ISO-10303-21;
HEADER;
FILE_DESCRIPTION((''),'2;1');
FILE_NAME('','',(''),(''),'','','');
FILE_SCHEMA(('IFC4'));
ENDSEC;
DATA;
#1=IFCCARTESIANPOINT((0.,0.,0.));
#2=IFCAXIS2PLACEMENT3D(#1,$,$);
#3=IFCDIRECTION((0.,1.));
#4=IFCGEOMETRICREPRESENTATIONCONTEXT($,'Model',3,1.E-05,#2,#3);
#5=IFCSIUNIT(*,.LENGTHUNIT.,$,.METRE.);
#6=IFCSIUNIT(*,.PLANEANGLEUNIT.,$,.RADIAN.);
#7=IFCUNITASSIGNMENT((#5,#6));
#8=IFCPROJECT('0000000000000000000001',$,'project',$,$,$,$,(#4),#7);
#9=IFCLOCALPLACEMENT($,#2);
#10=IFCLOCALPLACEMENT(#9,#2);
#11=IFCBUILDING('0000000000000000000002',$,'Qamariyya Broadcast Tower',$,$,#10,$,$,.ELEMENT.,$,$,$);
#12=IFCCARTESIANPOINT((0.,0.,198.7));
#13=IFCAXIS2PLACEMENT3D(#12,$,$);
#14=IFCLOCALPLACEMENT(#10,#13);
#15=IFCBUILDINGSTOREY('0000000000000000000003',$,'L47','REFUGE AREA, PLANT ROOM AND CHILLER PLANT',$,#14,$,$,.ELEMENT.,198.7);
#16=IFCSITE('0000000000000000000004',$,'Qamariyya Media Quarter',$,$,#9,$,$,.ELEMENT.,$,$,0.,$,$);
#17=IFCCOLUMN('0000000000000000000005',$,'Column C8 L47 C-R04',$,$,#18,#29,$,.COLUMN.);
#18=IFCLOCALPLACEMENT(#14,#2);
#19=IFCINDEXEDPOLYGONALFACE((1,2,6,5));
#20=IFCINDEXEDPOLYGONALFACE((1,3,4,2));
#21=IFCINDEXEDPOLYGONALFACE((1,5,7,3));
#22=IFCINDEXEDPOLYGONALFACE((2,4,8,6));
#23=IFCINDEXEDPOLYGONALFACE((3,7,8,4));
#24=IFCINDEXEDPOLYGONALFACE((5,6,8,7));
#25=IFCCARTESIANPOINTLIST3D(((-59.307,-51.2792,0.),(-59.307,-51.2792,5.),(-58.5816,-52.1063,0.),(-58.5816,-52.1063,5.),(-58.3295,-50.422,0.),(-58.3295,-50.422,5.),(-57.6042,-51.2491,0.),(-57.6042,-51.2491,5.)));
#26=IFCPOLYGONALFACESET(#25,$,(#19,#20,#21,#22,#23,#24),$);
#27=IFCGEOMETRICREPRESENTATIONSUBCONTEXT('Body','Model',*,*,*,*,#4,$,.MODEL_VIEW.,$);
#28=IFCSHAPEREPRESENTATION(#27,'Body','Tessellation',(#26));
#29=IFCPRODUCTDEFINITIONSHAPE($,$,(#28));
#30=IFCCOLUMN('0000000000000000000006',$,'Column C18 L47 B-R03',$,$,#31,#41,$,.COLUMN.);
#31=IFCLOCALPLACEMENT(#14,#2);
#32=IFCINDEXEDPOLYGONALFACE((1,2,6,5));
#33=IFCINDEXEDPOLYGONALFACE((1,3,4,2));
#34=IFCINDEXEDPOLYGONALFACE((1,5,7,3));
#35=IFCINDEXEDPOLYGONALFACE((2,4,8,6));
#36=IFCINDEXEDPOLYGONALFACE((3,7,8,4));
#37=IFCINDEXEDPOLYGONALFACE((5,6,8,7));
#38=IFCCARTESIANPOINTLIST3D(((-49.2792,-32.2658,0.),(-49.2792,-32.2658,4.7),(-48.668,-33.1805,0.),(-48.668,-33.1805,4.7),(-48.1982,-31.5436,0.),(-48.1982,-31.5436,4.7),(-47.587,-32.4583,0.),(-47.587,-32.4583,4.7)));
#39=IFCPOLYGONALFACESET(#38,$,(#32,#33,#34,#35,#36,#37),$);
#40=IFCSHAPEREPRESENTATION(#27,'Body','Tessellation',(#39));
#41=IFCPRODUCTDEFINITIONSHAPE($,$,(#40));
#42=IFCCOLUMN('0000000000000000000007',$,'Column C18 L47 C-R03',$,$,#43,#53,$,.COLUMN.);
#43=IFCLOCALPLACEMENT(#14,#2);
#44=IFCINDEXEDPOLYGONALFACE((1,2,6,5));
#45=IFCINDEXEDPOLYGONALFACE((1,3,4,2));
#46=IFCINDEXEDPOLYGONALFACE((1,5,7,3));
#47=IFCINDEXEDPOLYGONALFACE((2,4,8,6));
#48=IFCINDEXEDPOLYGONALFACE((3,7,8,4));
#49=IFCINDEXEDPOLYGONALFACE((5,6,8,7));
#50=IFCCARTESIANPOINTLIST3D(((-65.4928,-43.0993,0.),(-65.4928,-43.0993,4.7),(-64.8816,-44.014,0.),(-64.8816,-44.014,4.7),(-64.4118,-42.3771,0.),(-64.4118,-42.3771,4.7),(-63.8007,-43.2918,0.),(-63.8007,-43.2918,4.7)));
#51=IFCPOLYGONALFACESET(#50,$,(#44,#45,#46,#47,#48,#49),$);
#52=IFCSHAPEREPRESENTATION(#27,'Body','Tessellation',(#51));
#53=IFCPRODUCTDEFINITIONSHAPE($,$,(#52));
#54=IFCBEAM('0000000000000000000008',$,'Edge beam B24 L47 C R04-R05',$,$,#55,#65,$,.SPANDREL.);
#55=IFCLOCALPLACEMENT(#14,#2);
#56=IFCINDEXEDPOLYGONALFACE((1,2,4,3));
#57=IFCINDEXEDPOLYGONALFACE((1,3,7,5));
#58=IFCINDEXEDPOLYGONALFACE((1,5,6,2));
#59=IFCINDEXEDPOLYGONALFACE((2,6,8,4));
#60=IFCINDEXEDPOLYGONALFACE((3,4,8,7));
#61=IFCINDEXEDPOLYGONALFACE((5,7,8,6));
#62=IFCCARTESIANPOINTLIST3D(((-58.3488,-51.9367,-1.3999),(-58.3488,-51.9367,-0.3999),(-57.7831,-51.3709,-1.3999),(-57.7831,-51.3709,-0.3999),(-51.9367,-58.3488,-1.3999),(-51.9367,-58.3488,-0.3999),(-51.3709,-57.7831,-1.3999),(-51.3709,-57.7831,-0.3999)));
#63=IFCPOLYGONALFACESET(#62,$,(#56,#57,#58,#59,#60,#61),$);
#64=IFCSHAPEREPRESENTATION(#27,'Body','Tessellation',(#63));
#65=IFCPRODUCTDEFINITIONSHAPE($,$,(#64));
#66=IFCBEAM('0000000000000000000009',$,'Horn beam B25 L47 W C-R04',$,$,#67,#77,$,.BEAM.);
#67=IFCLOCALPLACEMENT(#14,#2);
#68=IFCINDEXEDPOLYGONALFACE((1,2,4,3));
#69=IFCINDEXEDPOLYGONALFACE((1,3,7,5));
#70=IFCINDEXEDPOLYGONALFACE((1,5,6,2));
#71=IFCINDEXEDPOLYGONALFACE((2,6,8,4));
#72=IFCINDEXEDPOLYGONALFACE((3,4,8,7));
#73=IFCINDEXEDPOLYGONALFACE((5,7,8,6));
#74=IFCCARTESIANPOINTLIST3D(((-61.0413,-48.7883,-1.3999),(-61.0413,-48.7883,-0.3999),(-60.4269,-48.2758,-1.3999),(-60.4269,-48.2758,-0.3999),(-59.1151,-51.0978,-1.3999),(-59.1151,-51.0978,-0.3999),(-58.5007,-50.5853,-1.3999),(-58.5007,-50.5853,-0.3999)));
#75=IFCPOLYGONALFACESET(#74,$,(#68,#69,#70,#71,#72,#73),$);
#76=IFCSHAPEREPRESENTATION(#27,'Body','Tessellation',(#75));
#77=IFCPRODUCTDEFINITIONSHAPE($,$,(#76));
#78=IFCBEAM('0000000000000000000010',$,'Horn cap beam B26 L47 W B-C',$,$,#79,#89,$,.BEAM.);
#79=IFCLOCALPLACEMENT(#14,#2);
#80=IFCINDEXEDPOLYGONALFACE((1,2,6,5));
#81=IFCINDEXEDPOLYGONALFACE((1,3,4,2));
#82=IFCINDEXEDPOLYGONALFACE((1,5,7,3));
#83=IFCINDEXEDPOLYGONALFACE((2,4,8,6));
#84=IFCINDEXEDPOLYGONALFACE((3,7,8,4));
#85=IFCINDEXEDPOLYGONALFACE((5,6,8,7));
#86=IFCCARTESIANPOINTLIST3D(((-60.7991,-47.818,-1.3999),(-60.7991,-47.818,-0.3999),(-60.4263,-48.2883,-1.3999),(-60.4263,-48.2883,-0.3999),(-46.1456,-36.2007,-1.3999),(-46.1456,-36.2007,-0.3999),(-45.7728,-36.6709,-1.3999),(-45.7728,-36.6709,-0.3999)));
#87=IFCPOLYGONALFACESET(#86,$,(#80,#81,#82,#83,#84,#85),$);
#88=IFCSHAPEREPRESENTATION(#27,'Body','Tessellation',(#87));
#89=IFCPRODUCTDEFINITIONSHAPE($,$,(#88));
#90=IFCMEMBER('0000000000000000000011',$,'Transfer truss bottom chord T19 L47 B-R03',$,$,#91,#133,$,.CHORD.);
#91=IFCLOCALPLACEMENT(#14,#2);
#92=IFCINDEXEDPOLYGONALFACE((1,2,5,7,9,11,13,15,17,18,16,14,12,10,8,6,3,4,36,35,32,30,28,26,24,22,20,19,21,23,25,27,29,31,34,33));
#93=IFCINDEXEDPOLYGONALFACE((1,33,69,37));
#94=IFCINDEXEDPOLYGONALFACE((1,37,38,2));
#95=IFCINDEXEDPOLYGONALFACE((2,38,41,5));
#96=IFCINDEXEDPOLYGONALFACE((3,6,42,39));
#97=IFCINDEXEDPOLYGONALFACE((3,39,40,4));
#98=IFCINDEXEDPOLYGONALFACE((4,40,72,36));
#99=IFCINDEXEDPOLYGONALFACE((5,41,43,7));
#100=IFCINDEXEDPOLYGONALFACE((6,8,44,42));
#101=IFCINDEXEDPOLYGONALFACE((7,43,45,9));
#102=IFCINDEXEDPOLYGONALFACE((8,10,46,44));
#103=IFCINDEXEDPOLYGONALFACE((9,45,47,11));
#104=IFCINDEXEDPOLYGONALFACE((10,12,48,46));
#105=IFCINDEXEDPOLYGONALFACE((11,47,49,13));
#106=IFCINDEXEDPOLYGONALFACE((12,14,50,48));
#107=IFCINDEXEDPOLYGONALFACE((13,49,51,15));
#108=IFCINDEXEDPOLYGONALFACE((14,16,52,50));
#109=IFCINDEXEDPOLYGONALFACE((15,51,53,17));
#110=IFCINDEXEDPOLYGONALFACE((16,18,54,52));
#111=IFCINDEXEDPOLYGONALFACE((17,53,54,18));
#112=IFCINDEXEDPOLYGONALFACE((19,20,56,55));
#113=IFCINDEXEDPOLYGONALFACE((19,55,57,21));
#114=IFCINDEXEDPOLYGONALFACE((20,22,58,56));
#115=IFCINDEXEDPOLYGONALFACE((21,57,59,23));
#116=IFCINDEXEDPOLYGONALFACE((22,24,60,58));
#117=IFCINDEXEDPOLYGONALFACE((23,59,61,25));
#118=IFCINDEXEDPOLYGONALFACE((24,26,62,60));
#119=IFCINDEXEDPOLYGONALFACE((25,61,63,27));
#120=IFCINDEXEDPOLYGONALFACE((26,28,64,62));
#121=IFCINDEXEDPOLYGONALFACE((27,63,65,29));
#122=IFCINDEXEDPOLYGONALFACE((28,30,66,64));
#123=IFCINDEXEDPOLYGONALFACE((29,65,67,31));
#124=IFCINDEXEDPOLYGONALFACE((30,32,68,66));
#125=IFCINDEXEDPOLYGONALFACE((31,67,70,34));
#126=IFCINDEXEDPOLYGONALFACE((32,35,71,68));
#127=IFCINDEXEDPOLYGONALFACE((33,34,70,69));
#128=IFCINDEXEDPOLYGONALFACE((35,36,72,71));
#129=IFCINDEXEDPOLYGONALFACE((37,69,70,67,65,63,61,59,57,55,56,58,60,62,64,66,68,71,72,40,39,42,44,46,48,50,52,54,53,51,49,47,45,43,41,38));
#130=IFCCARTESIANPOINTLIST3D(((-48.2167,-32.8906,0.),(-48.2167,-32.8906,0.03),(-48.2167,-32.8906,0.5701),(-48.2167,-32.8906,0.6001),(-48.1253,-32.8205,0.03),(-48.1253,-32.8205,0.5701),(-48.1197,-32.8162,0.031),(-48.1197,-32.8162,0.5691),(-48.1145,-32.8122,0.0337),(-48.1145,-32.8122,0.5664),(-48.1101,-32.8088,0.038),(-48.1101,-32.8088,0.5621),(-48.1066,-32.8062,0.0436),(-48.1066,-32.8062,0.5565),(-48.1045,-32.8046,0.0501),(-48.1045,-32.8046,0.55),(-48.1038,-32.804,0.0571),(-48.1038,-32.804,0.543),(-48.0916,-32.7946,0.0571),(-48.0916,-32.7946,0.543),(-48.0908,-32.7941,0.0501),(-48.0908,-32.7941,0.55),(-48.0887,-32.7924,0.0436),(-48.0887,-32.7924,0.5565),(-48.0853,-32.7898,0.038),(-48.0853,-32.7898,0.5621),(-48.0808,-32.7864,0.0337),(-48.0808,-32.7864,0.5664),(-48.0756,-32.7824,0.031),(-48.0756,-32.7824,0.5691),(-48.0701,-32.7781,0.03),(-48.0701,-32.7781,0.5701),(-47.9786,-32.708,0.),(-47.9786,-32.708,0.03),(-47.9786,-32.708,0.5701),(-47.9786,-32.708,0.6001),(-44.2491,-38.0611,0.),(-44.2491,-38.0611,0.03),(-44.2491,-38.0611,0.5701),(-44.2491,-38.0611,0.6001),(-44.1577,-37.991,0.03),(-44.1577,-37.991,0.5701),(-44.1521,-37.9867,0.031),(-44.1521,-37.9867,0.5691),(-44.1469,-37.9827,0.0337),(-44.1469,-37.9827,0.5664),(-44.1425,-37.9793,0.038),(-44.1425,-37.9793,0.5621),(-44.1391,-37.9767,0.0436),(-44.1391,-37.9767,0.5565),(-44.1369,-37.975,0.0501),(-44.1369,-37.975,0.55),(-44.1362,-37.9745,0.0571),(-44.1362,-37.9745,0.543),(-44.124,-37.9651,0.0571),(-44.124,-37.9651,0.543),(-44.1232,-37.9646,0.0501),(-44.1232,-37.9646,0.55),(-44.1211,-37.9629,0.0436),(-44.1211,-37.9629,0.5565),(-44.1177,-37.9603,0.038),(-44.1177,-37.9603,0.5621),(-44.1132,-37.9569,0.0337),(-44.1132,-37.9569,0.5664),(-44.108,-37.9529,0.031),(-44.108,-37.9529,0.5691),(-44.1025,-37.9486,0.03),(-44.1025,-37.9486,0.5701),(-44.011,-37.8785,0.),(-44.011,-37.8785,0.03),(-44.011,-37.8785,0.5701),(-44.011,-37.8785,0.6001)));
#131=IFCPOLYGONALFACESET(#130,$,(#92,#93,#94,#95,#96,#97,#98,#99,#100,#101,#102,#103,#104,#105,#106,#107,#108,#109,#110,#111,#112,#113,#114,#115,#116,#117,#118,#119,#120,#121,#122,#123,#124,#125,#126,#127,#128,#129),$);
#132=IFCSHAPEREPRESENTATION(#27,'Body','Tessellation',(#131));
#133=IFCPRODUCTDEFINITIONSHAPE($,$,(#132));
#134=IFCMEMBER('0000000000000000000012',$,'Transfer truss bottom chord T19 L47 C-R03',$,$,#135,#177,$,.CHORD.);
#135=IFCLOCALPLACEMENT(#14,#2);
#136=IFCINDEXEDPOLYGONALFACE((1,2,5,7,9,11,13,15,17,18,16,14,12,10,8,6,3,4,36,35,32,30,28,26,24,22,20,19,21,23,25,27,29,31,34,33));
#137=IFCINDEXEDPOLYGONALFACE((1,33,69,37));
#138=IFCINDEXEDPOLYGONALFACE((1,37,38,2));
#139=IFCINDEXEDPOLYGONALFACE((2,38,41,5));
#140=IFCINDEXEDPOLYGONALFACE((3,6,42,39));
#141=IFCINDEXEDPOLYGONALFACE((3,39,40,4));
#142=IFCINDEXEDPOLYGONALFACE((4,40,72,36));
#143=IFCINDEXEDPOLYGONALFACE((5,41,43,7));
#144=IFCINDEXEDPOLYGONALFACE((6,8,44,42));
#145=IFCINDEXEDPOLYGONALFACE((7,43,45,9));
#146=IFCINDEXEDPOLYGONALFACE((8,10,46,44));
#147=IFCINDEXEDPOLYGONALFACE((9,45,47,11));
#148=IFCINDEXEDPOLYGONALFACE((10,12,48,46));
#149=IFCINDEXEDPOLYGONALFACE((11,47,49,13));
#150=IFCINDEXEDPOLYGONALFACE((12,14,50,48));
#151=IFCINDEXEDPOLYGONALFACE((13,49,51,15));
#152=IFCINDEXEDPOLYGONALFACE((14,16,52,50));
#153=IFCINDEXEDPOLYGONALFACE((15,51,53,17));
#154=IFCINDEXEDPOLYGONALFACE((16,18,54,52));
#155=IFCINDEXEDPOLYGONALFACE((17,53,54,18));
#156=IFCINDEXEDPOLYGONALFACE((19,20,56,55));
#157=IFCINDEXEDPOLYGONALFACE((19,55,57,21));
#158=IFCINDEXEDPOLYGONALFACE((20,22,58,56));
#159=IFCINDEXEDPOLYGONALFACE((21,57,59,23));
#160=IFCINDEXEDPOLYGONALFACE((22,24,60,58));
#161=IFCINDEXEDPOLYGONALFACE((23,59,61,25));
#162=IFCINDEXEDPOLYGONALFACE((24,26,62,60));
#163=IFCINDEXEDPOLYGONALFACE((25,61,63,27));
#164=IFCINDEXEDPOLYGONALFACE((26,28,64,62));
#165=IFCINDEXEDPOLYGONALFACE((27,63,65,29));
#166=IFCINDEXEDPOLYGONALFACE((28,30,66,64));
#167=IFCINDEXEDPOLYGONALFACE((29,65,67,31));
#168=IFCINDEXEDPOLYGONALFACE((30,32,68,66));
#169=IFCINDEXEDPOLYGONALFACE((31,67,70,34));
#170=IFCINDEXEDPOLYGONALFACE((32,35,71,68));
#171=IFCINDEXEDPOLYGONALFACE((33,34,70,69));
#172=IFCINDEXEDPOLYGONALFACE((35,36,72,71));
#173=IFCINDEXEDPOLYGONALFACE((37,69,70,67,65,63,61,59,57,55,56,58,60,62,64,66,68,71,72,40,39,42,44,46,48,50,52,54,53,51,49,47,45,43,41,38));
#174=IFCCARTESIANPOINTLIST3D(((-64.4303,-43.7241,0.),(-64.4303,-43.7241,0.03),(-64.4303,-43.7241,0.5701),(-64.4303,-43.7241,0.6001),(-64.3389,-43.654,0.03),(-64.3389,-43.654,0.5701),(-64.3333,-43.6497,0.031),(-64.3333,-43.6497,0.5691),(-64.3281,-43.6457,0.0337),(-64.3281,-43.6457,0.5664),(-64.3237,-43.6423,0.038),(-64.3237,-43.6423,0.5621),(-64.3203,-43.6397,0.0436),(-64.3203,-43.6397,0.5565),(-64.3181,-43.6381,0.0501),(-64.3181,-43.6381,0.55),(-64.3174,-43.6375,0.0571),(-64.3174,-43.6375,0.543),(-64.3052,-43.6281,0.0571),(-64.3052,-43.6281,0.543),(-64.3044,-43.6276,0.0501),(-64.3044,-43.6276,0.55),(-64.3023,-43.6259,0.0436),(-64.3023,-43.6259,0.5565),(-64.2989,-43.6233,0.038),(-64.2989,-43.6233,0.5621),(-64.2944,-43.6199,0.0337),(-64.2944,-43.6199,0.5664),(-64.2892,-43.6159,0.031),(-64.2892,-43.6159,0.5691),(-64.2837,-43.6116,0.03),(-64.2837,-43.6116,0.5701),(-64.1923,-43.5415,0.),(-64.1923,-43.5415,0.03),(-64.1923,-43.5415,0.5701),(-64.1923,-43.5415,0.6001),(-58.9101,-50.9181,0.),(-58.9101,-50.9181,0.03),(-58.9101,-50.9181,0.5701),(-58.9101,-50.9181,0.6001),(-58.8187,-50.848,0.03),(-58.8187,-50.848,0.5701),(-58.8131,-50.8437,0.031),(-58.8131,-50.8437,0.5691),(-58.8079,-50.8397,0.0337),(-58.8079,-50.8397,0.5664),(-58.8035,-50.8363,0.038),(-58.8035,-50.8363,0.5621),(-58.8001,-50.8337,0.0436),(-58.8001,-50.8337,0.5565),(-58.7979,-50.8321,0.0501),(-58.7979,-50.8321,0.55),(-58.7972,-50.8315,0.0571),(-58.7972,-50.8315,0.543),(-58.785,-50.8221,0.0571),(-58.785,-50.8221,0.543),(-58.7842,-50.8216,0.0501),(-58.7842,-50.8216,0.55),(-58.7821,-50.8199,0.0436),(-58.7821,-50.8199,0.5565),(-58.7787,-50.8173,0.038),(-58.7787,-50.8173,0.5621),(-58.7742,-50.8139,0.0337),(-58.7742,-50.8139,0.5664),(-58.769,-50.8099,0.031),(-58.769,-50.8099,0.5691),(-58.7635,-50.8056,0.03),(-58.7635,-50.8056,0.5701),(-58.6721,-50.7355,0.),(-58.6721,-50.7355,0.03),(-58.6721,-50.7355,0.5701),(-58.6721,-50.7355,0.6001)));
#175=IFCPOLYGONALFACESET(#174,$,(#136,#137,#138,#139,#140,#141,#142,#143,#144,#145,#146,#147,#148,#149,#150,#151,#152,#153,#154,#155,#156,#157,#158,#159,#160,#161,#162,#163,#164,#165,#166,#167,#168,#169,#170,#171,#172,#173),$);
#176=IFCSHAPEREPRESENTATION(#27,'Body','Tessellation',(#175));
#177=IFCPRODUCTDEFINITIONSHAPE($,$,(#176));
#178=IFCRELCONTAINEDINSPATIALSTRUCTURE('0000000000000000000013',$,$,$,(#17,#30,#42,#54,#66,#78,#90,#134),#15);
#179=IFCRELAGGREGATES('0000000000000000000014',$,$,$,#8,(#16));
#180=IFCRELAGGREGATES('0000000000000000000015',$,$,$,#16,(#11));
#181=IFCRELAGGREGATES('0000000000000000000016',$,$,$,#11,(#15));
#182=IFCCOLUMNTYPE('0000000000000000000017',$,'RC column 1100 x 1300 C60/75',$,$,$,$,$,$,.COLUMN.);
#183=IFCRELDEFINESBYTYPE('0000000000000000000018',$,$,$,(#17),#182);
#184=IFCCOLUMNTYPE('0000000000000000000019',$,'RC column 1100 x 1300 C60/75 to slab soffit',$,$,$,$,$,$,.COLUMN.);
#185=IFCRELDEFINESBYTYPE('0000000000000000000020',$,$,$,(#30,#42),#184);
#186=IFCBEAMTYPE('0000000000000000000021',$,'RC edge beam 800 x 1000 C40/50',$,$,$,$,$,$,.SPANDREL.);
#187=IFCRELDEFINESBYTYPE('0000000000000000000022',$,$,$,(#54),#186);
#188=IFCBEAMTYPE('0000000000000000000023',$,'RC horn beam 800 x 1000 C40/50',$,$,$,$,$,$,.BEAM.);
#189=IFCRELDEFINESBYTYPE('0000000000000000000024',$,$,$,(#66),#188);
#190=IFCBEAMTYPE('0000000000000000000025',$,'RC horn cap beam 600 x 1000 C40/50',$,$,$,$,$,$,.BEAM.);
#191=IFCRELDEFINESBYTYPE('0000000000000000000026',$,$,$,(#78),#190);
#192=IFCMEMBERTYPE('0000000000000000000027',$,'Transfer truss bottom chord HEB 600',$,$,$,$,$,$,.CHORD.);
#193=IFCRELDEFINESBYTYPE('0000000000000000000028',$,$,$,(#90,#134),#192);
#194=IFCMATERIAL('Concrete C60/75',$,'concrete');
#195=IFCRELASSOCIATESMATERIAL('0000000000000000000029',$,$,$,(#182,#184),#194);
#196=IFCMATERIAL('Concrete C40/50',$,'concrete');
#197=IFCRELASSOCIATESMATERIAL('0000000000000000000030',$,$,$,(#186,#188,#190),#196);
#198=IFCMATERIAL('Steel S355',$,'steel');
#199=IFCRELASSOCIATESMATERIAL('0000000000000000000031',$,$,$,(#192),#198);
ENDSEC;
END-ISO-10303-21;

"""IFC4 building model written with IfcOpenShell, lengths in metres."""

from ifc_helpers import new_model, si_unit, direction, frame, origin, origin_2d, place, context, subcontext, project, spatial, rectangle, i_section, extrude, material, material_profile, profile_set, type_object, element, save


model = new_model("IFC4")

# Units and contexts
model_context = context("Model", 3, precision=1e-05, world=origin(), true_north=direction((0.0, 1.0)))
body_context = subcontext(model_context, "Body", "Model", "MODEL_VIEW")
ifc_project = project(units=[si_unit("LENGTHUNIT", "METRE"), si_unit("PLANEANGLEUNIT", "RADIAN")], contexts=[model_context])

# Site, building, storey
site_placement = place(None, origin())
site = spatial("IfcSite", under=ifc_project, at=site_placement, Name="Qamariyya Media Quarter", CompositionType="ELEMENT", RefElevation=0.0)
building_placement = place(site_placement, origin())
building = spatial("IfcBuilding", under=site, at=building_placement, Name="Qamariyya Broadcast Tower", CompositionType="ELEMENT")
storey_placement = place(building_placement, frame((0.0, 0.0, 198.7)))
storey = spatial("IfcBuildingStorey", under=building, at=storey_placement, Name="L47", Description="REFUGE AREA, PLANT ROOM AND CHILLER PLANT", CompositionType="ELEMENT", Elevation=198.7)

# Columns
ifc_material_1 = material(Name="Concrete C60/75", Category="concrete")
ifc_material_profile_1 = material_profile(ifc_material_1, rectangle(XDim=1.1001, YDim=1.3, at=origin_2d()))
ifc_profile_set_1 = profile_set([ifc_material_profile_1], Name="Concrete C60/75")
column_type_1 = type_object("IfcColumnType", Name="RC column 1100 x 1300 C60/75", PredefinedType="COLUMN", material=ifc_profile_set_1)
column_placement = place(storey_placement, frame((-58.4556, -51.2642, 0.0), z_axis=(0.0, 0.0, 1.0), x_axis=(0.659346, -0.75184, 0.0)))
element("IfcColumn", 1, at=column_placement, inside=storey, type_object=column_type_1, Name="Column C8 L47 C-R04", PredefinedType="COLUMN", context=body_context, shape_type="SweptSolid", body=[
    extrude(rectangle(XDim=1.1001, YDim=1.3, at=origin_2d()), origin(), (0.0, 0.0, 1.0), 5.0),
])
ifc_material_profile_2 = material_profile(ifc_material_1, rectangle(XDim=1.1001, YDim=1.3, at=origin_2d()))
ifc_profile_set_2 = profile_set([ifc_material_profile_2], Name="Concrete C60/75")
column_type_2 = type_object("IfcColumnType", Name="RC column 1100 x 1300 C60/75 to slab soffit", PredefinedType="COLUMN", material=ifc_profile_set_2)
for number, where, z_axis, x_axis, name in (
    (2, (-48.4331, -32.3621, 0.0), (0.0, 0.0, 1.0), (0.55557, -0.83147, 0.0), "Column C18 L47 B-R03"),
    (3, (-64.6467, -43.1956, 0.0), (0.0, 0.0, 1.0), (0.55557, -0.83147, 0.0), "Column C18 L47 C-R03"),
):
    element("IfcColumn", number, at=place(storey_placement, frame(where, z_axis=z_axis, x_axis=x_axis)), inside=storey, type_object=column_type_2, Name=name, PredefinedType="COLUMN", context=body_context, shape_type="SweptSolid", body=[
        extrude(rectangle(XDim=1.1001, YDim=1.3, at=origin_2d()), origin(), (0.0, 0.0, 1.0), 4.7),
    ])

# Beams
ifc_material_2 = material(Name="Concrete C40/50", Category="concrete")
ifc_material_profile_3 = material_profile(ifc_material_2, rectangle(XDim=0.8, YDim=1.0, at=origin_2d()))
ifc_profile_set_3 = profile_set([ifc_material_profile_3], Name="Concrete C40/50")
beam_type_1 = type_object("IfcBeamType", Name="RC edge beam 800 x 1000 C40/50", PredefinedType="SPANDREL", material=ifc_profile_set_3)
beam_1_placement = place(storey_placement, frame((-58.0659, -51.6538, -0.8999), z_axis=(0.707107, -0.707107, 0.0), x_axis=(0.707107, 0.707107, 0.0)))
element("IfcBeam", 4, at=beam_1_placement, inside=storey, type_object=beam_type_1, Name="Edge beam B24 L47 C R04-R05", PredefinedType="SPANDREL", context=body_context, shape_type="SweptSolid", body=[
    extrude(rectangle(XDim=0.8, YDim=1.0, at=origin_2d()), origin(), (0.0, 0.0, 1.0), 9.0681),
])
ifc_material_profile_4 = material_profile(ifc_material_2, rectangle(XDim=0.8, YDim=1.0, at=origin_2d()))
ifc_profile_set_4 = profile_set([ifc_material_profile_4], Name="Concrete C40/50")
beam_type_2 = type_object("IfcBeamType", Name="RC horn beam 800 x 1000 C40/50", PredefinedType="BEAM", material=ifc_profile_set_4)
beam_2_placement = place(storey_placement, frame((-58.8079, -50.8416, -0.8999), z_axis=(-0.640504, 0.767955, 0.0), x_axis=(-0.767955, -0.640504, 0.0)))
element("IfcBeam", 5, at=beam_2_placement, inside=storey, type_object=beam_type_2, Name="Horn beam B25 L47 W C-R04", PredefinedType="BEAM", context=body_context, shape_type="SweptSolid", body=[
    extrude(rectangle(XDim=0.8, YDim=1.0, at=origin_2d()), origin(), (0.0, 0.0, 1.0), 3.0073),
])
ifc_material_profile_5 = material_profile(ifc_material_2, rectangle(XDim=0.6001, YDim=1.0, at=origin_2d()))
ifc_profile_set_5 = profile_set([ifc_material_profile_5], Name="Concrete C40/50")
beam_type_3 = type_object("IfcBeamType", Name="RC horn cap beam 600 x 1000 C40/50", PredefinedType="BEAM", material=ifc_profile_set_5)
beam_3_placement = place(storey_placement, frame((-45.9592, -36.4358, -0.8999), z_axis=(-0.783611, -0.621252, 0.0), x_axis=(0.621252, -0.783611, 0.0)))
element("IfcBeam", 6, at=beam_3_placement, inside=storey, type_object=beam_type_3, Name="Horn cap beam B26 L47 W B-C", PredefinedType="BEAM", context=body_context, shape_type="SweptSolid", body=[
    extrude(rectangle(XDim=0.6001, YDim=1.0, at=origin_2d()), origin(), (0.0, 0.0, 1.0), 18.7),
])

# Members
ifc_material_3 = material(Name="Steel S355", Category="steel")
ifc_material_profile_6 = material_profile(ifc_material_3, i_section(OverallWidth=0.3, OverallDepth=0.6001, WebThickness=0.0154, FlangeThickness=0.03, FilletRadius=0.0271, at=origin_2d()))
ifc_profile_set_6 = profile_set([ifc_material_profile_6], Name="Steel S355")
member_type_1 = type_object("IfcMemberType", Name="Transfer truss bottom chord HEB 600", PredefinedType="CHORD", material=ifc_profile_set_6)
member_1_placement = place(storey_placement, frame((-48.0977, -32.7993, 0.3), z_axis=(0.608774, -0.793343, 0.0), x_axis=(0.793343, 0.608774, 0.0)))
element("IfcMember", 7, at=member_1_placement, inside=storey, type_object=member_type_1, Name="Transfer truss bottom chord T19 L47 B-R03", PredefinedType="CHORD", context=body_context, shape_type="SweptSolid", body=[
    extrude(i_section(OverallWidth=0.3, OverallDepth=0.6001, WebThickness=0.0154, FlangeThickness=0.03, FilletRadius=0.0271, at=origin_2d()), origin(), (0.0, 0.0, 1.0), 6.5173),
])
member_2_placement = place(storey_placement, frame((-64.3113, -43.6328, 0.3), z_axis=(0.608764, -0.793351, 0.0), x_axis=(0.793351, 0.608764, 0.0)))
element("IfcMember", 8, at=member_2_placement, inside=storey, type_object=member_type_1, Name="Transfer truss bottom chord T19 L47 C-R03", PredefinedType="CHORD", context=body_context, shape_type="SweptSolid", body=[
    extrude(i_section(OverallWidth=0.3, OverallDepth=0.6001, WebThickness=0.0154, FlangeThickness=0.03, FilletRadius=0.0271, at=origin_2d()), origin(), (0.0, 0.0, 1.0), 9.0679),
])

save(model, "model.ifc")
